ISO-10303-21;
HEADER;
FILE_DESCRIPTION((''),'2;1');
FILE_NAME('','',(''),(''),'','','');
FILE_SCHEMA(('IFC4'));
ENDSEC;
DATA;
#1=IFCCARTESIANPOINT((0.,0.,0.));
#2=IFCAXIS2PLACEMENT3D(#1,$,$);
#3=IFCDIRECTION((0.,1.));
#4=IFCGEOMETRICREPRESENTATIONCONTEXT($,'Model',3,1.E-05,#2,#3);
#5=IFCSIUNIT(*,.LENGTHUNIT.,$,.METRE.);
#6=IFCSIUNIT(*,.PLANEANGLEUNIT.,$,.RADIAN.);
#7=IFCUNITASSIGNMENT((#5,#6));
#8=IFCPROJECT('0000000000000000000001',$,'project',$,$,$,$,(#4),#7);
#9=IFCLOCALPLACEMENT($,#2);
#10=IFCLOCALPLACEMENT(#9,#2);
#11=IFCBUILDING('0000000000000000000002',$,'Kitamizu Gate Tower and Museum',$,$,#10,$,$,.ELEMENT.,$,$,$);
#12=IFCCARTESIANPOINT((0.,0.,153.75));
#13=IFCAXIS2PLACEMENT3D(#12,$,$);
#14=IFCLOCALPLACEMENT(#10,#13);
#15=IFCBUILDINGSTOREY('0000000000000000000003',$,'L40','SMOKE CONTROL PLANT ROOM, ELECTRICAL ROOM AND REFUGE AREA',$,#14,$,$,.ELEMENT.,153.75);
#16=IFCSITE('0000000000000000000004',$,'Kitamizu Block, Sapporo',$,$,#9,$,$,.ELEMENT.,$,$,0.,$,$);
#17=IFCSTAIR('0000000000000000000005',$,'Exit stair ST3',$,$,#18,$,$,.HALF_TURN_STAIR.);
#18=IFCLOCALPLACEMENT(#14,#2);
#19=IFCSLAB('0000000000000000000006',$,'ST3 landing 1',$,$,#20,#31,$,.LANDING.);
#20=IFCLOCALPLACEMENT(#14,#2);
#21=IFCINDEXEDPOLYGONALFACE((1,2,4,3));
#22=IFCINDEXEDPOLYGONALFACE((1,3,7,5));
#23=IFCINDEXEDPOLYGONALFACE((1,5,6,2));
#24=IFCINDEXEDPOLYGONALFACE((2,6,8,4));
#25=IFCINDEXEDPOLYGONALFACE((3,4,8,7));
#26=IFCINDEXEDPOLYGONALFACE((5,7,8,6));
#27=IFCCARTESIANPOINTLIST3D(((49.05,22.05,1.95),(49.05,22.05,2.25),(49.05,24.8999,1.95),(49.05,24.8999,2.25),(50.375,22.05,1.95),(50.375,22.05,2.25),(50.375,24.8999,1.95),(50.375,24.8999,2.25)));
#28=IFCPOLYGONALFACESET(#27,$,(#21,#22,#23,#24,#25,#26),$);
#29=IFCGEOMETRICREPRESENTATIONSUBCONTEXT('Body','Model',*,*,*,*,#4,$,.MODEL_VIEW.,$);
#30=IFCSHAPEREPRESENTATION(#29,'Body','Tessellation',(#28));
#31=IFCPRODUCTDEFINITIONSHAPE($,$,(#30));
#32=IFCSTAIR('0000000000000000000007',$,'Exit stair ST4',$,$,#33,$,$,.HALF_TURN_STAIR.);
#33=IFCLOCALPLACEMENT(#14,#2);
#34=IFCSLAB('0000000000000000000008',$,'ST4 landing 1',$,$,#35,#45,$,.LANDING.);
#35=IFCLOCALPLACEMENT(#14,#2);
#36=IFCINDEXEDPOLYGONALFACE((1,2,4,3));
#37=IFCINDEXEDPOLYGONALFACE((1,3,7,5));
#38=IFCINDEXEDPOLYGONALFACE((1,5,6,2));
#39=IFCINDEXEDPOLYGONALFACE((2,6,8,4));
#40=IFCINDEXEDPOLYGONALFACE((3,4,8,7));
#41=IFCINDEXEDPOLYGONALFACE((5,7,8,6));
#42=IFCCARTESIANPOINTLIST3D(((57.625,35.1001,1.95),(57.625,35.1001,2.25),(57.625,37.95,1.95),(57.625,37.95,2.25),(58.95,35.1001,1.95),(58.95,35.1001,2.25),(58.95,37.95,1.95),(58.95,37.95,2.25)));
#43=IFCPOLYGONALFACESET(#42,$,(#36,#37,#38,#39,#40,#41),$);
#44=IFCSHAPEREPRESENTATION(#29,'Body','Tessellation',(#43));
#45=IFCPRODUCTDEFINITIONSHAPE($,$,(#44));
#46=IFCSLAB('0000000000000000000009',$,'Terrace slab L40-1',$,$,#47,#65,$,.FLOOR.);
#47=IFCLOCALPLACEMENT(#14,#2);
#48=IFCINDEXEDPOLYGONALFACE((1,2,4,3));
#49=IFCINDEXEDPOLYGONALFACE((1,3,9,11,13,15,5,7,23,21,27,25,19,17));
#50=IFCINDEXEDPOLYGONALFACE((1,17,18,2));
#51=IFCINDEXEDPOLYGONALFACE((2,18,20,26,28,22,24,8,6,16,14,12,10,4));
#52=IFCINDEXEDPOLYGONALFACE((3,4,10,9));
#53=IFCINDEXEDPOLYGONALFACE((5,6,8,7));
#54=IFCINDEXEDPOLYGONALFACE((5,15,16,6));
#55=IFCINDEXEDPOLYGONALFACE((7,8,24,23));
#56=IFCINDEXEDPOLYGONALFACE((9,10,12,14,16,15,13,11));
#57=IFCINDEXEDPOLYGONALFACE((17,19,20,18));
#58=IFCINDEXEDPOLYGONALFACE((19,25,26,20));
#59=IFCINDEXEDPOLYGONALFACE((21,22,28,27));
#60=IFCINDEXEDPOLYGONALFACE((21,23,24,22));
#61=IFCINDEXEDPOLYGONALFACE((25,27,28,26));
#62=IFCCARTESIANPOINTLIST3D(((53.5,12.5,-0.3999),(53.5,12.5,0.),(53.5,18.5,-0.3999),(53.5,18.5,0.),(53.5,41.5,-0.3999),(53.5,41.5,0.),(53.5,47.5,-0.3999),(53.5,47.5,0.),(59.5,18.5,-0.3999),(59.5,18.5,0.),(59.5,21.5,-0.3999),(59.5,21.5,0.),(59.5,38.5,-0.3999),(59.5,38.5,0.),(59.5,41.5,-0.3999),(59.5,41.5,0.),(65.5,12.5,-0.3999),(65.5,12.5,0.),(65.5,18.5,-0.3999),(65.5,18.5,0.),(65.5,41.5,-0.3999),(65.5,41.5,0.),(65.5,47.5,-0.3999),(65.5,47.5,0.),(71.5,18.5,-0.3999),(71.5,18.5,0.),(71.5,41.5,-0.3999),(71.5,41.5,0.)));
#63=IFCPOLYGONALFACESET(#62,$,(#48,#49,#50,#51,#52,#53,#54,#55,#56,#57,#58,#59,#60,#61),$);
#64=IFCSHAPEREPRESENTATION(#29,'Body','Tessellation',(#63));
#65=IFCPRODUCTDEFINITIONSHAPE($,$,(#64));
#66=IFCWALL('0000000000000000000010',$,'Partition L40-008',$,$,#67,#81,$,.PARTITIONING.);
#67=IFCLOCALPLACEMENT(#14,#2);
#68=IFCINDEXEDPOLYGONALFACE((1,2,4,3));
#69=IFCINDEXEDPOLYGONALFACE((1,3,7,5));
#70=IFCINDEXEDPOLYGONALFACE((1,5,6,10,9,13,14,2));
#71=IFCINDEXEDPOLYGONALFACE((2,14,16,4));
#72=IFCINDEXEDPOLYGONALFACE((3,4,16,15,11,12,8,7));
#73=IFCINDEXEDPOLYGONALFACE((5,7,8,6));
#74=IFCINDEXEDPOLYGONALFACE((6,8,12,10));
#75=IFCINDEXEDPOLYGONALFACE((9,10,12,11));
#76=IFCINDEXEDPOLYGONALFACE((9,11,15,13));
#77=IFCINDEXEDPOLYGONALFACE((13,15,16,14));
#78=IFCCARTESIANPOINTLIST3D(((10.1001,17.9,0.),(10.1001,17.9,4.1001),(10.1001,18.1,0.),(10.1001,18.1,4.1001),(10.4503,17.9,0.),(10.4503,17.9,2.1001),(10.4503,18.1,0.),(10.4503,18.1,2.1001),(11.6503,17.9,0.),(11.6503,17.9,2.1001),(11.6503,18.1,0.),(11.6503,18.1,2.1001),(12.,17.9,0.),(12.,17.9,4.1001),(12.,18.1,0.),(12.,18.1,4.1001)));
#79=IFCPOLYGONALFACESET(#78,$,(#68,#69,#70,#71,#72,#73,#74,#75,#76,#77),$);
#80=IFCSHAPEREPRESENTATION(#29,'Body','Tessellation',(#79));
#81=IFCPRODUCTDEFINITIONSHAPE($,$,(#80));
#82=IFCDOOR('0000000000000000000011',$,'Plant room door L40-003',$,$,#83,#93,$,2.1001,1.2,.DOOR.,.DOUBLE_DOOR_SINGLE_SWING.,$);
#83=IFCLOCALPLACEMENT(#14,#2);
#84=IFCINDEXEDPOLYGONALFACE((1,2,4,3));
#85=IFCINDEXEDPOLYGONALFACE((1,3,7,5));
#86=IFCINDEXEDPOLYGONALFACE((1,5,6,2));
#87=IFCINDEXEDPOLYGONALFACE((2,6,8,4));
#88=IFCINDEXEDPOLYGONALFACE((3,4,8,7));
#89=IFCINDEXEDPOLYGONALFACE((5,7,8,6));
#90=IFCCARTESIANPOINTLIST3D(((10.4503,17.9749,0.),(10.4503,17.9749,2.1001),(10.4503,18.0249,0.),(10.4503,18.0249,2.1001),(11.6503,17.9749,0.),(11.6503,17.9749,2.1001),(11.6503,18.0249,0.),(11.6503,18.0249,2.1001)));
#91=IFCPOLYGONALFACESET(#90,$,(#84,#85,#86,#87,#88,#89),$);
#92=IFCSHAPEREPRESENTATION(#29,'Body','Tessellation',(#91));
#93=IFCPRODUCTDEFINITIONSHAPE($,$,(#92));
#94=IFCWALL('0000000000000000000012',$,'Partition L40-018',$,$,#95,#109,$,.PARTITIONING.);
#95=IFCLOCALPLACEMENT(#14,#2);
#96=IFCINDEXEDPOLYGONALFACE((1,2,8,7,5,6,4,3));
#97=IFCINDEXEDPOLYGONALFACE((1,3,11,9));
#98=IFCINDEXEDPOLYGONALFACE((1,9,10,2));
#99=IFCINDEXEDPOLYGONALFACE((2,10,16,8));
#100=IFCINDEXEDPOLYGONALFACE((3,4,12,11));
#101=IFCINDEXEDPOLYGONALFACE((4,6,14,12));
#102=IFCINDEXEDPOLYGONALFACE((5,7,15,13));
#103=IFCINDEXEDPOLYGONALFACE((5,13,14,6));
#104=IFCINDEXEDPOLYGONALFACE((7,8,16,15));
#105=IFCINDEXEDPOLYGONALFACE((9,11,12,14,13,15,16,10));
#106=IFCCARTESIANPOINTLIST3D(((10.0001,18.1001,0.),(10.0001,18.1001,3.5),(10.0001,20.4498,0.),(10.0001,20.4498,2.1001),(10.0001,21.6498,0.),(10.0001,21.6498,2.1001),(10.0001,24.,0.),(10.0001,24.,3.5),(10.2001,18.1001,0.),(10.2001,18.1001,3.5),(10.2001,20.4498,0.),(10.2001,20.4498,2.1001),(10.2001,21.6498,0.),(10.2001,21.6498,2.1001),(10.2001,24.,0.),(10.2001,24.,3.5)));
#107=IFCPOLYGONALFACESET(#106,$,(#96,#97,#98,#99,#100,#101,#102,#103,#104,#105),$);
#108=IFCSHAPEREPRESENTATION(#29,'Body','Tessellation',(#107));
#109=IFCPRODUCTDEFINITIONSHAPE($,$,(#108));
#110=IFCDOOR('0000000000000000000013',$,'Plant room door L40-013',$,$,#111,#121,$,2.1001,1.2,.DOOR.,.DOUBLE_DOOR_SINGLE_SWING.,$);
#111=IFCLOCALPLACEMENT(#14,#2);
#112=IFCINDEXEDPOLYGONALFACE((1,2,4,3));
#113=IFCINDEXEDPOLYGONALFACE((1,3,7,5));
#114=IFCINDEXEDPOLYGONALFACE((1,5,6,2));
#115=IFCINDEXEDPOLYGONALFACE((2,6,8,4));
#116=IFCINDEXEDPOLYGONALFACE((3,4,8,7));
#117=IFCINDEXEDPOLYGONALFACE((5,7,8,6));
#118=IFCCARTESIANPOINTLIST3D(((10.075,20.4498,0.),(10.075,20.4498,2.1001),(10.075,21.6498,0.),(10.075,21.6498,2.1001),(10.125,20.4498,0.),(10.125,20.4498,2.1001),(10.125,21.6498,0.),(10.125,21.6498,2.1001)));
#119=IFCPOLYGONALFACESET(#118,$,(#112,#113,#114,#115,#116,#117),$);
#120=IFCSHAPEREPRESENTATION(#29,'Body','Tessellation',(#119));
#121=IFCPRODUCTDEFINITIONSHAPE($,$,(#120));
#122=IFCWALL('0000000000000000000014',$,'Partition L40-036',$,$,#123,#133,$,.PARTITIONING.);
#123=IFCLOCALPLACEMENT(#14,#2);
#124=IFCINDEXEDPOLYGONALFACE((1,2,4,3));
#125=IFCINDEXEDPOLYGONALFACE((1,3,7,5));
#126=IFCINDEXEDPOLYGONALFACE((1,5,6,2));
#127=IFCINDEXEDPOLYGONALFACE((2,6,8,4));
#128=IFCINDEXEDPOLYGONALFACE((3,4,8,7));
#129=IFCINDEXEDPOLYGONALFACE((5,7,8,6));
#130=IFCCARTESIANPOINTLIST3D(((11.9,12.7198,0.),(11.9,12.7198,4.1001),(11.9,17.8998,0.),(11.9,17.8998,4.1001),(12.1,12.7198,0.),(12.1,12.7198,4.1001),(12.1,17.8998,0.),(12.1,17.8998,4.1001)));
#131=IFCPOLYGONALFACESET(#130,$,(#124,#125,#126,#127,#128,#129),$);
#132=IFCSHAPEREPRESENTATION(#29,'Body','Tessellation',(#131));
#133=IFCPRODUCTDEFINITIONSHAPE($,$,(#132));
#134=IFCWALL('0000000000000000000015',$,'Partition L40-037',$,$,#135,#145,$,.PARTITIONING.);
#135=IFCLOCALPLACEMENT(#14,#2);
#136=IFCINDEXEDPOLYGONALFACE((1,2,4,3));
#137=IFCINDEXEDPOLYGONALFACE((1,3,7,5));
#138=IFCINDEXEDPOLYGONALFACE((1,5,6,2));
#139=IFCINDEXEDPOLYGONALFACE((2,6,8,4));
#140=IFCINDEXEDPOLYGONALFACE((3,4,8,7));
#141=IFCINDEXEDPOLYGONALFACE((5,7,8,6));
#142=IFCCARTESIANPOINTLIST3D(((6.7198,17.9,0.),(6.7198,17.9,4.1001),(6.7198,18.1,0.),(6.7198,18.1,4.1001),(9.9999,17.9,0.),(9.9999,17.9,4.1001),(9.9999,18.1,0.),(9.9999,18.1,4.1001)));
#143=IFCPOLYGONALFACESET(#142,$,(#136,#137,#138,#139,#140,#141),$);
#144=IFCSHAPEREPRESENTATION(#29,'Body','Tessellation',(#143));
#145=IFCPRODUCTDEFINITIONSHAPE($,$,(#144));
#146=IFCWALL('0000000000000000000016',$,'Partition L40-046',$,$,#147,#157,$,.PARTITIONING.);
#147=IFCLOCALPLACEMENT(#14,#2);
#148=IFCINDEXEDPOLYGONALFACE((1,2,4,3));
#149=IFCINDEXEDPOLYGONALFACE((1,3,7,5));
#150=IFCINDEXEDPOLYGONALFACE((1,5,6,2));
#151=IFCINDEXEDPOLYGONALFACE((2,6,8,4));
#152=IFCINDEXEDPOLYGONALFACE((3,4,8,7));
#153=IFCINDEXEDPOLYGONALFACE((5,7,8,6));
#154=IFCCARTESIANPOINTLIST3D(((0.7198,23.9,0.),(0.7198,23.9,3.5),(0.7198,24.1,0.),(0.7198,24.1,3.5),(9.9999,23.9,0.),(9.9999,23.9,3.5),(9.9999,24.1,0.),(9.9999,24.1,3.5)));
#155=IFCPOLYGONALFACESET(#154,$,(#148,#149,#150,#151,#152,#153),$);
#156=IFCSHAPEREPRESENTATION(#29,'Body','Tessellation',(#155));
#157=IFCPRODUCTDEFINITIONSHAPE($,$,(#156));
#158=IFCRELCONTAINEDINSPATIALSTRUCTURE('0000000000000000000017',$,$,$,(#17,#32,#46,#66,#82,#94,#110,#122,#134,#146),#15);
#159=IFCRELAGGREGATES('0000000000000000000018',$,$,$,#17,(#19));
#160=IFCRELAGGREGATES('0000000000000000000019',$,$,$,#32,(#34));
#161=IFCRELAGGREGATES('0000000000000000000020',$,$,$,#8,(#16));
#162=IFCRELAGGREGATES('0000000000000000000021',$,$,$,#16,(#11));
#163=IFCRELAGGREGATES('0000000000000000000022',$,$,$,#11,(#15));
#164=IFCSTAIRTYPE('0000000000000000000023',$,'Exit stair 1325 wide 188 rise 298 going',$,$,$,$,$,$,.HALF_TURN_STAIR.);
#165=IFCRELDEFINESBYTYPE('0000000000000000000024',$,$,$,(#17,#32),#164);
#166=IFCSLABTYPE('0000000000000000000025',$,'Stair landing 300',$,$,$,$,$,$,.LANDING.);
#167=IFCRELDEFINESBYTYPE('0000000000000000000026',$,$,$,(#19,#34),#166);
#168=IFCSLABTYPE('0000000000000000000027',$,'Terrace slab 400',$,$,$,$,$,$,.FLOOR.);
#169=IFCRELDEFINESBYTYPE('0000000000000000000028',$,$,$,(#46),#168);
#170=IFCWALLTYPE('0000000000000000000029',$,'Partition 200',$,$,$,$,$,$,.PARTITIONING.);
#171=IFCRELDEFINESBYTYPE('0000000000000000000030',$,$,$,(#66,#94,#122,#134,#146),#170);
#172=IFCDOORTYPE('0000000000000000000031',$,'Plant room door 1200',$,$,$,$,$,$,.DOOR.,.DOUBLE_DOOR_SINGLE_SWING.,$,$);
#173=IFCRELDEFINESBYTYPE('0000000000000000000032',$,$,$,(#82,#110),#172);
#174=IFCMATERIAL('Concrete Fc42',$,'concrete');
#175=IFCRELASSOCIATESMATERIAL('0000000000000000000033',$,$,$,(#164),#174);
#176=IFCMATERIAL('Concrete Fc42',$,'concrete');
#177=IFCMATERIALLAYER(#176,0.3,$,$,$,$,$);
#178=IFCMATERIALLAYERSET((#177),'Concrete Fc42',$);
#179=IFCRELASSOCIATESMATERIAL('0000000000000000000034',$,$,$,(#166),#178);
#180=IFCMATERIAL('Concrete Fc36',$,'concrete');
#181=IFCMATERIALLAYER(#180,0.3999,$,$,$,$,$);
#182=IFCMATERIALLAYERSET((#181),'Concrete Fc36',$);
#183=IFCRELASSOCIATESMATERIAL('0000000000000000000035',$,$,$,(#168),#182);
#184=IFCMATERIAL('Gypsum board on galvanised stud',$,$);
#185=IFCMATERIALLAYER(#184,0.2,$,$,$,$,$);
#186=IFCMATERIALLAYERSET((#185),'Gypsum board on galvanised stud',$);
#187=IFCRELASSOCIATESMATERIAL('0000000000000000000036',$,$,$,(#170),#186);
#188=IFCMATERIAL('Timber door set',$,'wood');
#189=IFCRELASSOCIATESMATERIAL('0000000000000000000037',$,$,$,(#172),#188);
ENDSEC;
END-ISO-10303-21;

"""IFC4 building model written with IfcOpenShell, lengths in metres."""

from ifc_helpers import new_model, si_unit, direction, frame, frame_2d, origin, place, context, subcontext, project, spatial, polyline, rectangle, outline, extrude, material, layer, layer_set, type_object, element, fill, aggregate, save


model = new_model("IFC4")

# Units and contexts
model_context = context("Model", 3, precision=1e-05, world=origin(), true_north=direction((0.0, 1.0)))
body_context = subcontext(model_context, "Body", "Model", "MODEL_VIEW")
ifc_project = project(units=[si_unit("LENGTHUNIT", "METRE"), si_unit("PLANEANGLEUNIT", "RADIAN")], contexts=[model_context])

# Site, building, storey
site_placement = place(None, origin())
site = spatial("IfcSite", under=ifc_project, at=site_placement, Name="Kitamizu Block, Sapporo", CompositionType="ELEMENT", RefElevation=0.0)
building_placement = place(site_placement, origin())
building = spatial("IfcBuilding", under=site, at=building_placement, Name="Kitamizu Gate Tower and Museum", CompositionType="ELEMENT")
storey_placement = place(building_placement, frame((0.0, 0.0, 153.75)))
storey = spatial("IfcBuildingStorey", under=building, at=storey_placement, Name="L40", Description="SMOKE CONTROL PLANT ROOM, ELECTRICAL ROOM AND REFUGE AREA", CompositionType="ELEMENT", Elevation=153.75)

# Stairs, slabs
ifc_material_1 = material(Name="Concrete Fc42", Category="concrete")
stair_type = type_object("IfcStairType", Name="Exit stair 1325 wide 188 rise 298 going", PredefinedType="HALF_TURN_STAIR", material=ifc_material_1)
ifc_material_2 = material(Name="Concrete Fc42", Category="concrete")
ifc_layer_1 = layer(ifc_material_2, 0.3)
ifc_layer_set_1 = layer_set([ifc_layer_1], Name="Concrete Fc42")
slab_type_1 = type_object("IfcSlabType", Name="Stair landing 300", PredefinedType="LANDING", material=ifc_layer_set_1)
stair_1_placement = place(storey_placement, origin())
stair_1 = element("IfcStair", 1, at=stair_1_placement, inside=storey, type_object=stair_type, Name="Exit stair ST3", PredefinedType="HALF_TURN_STAIR")
slab_1_placement = place(storey_placement, frame((0.0, 0.0, 1.95)))
slab_1 = element("IfcSlab", 2, at=slab_1_placement, type_object=slab_type_1, Name="ST3 landing 1", PredefinedType="LANDING", context=body_context, shape_type="SweptSolid", body=[
    extrude(outline(polyline([(49.05, 22.05), (50.375, 22.05), (50.375, 24.8999), (49.05, 24.8999), (49.05, 22.05)])), origin(), (0.0, 0.0, 1.0), 0.3),
])
aggregate(stair_1, [slab_1])
stair_2_placement = place(storey_placement, origin())
stair_2 = element("IfcStair", 3, at=stair_2_placement, inside=storey, type_object=stair_type, Name="Exit stair ST4", PredefinedType="HALF_TURN_STAIR")
slab_2_placement = place(storey_placement, frame((0.0, 0.0, 1.95)))
slab_2 = element("IfcSlab", 4, at=slab_2_placement, type_object=slab_type_1, Name="ST4 landing 1", PredefinedType="LANDING", context=body_context, shape_type="SweptSolid", body=[
    extrude(outline(polyline([(57.625, 35.1001), (58.95, 35.1001), (58.95, 37.95), (57.625, 37.95), (57.625, 35.1001)])), origin(), (0.0, 0.0, 1.0), 0.3),
])
aggregate(stair_2, [slab_2])

# Slab
ifc_material_3 = material(Name="Concrete Fc36", Category="concrete")
ifc_layer_2 = layer(ifc_material_3, 0.3999)
ifc_layer_set_2 = layer_set([ifc_layer_2], Name="Concrete Fc36")
slab_type_2 = type_object("IfcSlabType", Name="Terrace slab 400", PredefinedType="FLOOR", material=ifc_layer_set_2)
slab_3_placement = place(storey_placement, frame((0.0, 0.0, -0.3999)))
element("IfcSlab", 5, at=slab_3_placement, inside=storey, type_object=slab_type_2, Name="Terrace slab L40-1", PredefinedType="FLOOR", context=body_context, shape_type="SweptSolid", body=[
    extrude(outline(polyline([(65.5, 47.5), (65.5, 41.5), (71.5, 41.5), (71.5, 18.5), (65.5, 18.5), (65.5, 12.5), (53.5, 12.5), (53.5, 18.5), (59.5, 18.5), (59.5, 21.5), (59.5, 38.5), (59.5, 41.5), (53.5, 41.5), (53.5, 47.5), (65.5, 47.5)])), origin(), (0.0, 0.0, 1.0), 0.3999),
])

# Walls, openings, doors
ifc_material_4 = material(Name="Gypsum board on galvanised stud")
ifc_layer_3 = layer(ifc_material_4, 0.2)
ifc_layer_set_3 = layer_set([ifc_layer_3], Name="Gypsum board on galvanised stud")
wall_type_1 = type_object("IfcWallType", Name="Partition 200", PredefinedType="PARTITIONING", material=ifc_layer_set_3)
wall_1_placement = place(storey_placement, frame((10.1001, 18.0, 0.0), z_axis=(0.0, 0.0, 1.0), x_axis=(1.0, 0.0, 0.0)))
wall_1 = element("IfcWall", 6, at=wall_1_placement, inside=storey, type_object=wall_type_1, Name="Partition L40-008", PredefinedType="PARTITIONING", context=body_context, shape_type="SweptSolid", body=[
    extrude(rectangle(XDim=1.8999, YDim=0.2, at=frame_2d((0.95, 0.0))), origin(), (0.0, 0.0, 1.0), 4.1001),
])
opening_1_placement = place(wall_1_placement, frame((0.3501, 0.0, 0.0)))
opening_1 = element("IfcOpeningElement", 7, at=opening_1_placement, cuts=wall_1, PredefinedType="OPENING", context=body_context, shape_type="SweptSolid", body=[
    extrude(rectangle(XDim=1.2, YDim=2.1001, at=frame_2d((0.6001, 1.05))), frame((0.0, 0.1099, 0.0), z_axis=(0.0, -1.0, 0.0), x_axis=(1.0, 0.0, 0.0)), (0.0, 0.0, 1.0), 0.22),
])
ifc_material_5 = material(Name="Timber door set", Category="wood")
door_type = type_object("IfcDoorType", Name="Plant room door 1200", OperationType="DOUBLE_DOOR_SINGLE_SWING", PredefinedType="DOOR", material=ifc_material_5)
door_1_placement = place(opening_1_placement, origin())
door_1 = element("IfcDoor", 8, at=door_1_placement, inside=storey, type_object=door_type, Name="Plant room door L40-003", OperationType="DOUBLE_DOOR_SINGLE_SWING", OverallHeight=2.1001, OverallWidth=1.2, PredefinedType="DOOR", context=body_context, shape_type="SweptSolid", body=[
    extrude(rectangle(XDim=1.2, YDim=2.1001, at=frame_2d((0.6001, 1.05))), frame((0.0, 0.0249, 0.0), z_axis=(0.0, -1.0, 0.0), x_axis=(1.0, 0.0, 0.0)), (0.0, 0.0, 1.0), 0.05),
])
fill(opening_1, door_1)
wall_2_placement = place(storey_placement, frame((10.1001, 24.0, 0.0), z_axis=(0.0, 0.0, 1.0), x_axis=(0.0, -1.0, 0.0)))
wall_2 = element("IfcWall", 9, at=wall_2_placement, inside=storey, type_object=wall_type_1, Name="Partition L40-018", PredefinedType="PARTITIONING", context=body_context, shape_type="SweptSolid", body=[
    extrude(rectangle(XDim=5.8999, YDim=0.2, at=frame_2d((2.95, 0.0))), origin(), (0.0, 0.0, 1.0), 3.5),
])
opening_2_placement = place(wall_2_placement, frame((2.3501, 0.0, 0.0)))
opening_2 = element("IfcOpeningElement", 10, at=opening_2_placement, cuts=wall_2, PredefinedType="OPENING", context=body_context, shape_type="SweptSolid", body=[
    extrude(rectangle(XDim=1.2, YDim=2.1001, at=frame_2d((0.6001, 1.05))), frame((0.0, 0.1099, 0.0), z_axis=(0.0, -1.0, 0.0), x_axis=(1.0, 0.0, 0.0)), (0.0, 0.0, 1.0), 0.22),
])
door_2_placement = place(opening_2_placement, origin())
door_2 = element("IfcDoor", 11, at=door_2_placement, inside=storey, type_object=door_type, Name="Plant room door L40-013", OperationType="DOUBLE_DOOR_SINGLE_SWING", OverallHeight=2.1001, OverallWidth=1.2, PredefinedType="DOOR", context=body_context, shape_type="SweptSolid", body=[
    extrude(rectangle(XDim=1.2, YDim=2.1001, at=frame_2d((0.6001, 1.05))), frame((0.0, 0.0249, 0.0), z_axis=(0.0, -1.0, 0.0), x_axis=(1.0, 0.0, 0.0)), (0.0, 0.0, 1.0), 0.05),
])
fill(opening_2, door_2)

# Walls
wall_3_placement = place(storey_placement, frame((12.0, 12.72, 0.0), z_axis=(0.0, 0.0, 1.0), x_axis=(0.0, 1.0, 0.0)))
element("IfcWall", 12, at=wall_3_placement, inside=storey, type_object=wall_type_1, Name="Partition L40-036", PredefinedType="PARTITIONING", context=body_context, shape_type="SweptSolid", body=[
    extrude(rectangle(XDim=5.1799, YDim=0.2, at=frame_2d((2.5898, 0.0))), origin(), (0.0, 0.0, 1.0), 4.1001),
])
wall_4_placement = place(storey_placement, frame((10.0, 18.0, 0.0), z_axis=(0.0, 0.0, 1.0), x_axis=(-1.0, 0.0, 0.0)))
element("IfcWall", 13, at=wall_4_placement, inside=storey, type_object=wall_type_1, Name="Partition L40-037", PredefinedType="PARTITIONING", context=body_context, shape_type="SweptSolid", body=[
    extrude(rectangle(XDim=3.28, YDim=0.2, at=frame_2d((1.6401, 0.0))), origin(), (0.0, 0.0, 1.0), 4.1001),
])
wall_5_placement = place(storey_placement, frame((10.0, 24.0, 0.0), z_axis=(0.0, 0.0, 1.0), x_axis=(-1.0, 0.0, 0.0)))
element("IfcWall", 14, at=wall_5_placement, inside=storey, type_object=wall_type_1, Name="Partition L40-046", PredefinedType="PARTITIONING", context=body_context, shape_type="SweptSolid", body=[
    extrude(rectangle(XDim=9.28, YDim=0.2, at=frame_2d((4.6401, 0.0))), origin(), (0.0, 0.0, 1.0), 3.5),
])

save(model, "model.ifc")
